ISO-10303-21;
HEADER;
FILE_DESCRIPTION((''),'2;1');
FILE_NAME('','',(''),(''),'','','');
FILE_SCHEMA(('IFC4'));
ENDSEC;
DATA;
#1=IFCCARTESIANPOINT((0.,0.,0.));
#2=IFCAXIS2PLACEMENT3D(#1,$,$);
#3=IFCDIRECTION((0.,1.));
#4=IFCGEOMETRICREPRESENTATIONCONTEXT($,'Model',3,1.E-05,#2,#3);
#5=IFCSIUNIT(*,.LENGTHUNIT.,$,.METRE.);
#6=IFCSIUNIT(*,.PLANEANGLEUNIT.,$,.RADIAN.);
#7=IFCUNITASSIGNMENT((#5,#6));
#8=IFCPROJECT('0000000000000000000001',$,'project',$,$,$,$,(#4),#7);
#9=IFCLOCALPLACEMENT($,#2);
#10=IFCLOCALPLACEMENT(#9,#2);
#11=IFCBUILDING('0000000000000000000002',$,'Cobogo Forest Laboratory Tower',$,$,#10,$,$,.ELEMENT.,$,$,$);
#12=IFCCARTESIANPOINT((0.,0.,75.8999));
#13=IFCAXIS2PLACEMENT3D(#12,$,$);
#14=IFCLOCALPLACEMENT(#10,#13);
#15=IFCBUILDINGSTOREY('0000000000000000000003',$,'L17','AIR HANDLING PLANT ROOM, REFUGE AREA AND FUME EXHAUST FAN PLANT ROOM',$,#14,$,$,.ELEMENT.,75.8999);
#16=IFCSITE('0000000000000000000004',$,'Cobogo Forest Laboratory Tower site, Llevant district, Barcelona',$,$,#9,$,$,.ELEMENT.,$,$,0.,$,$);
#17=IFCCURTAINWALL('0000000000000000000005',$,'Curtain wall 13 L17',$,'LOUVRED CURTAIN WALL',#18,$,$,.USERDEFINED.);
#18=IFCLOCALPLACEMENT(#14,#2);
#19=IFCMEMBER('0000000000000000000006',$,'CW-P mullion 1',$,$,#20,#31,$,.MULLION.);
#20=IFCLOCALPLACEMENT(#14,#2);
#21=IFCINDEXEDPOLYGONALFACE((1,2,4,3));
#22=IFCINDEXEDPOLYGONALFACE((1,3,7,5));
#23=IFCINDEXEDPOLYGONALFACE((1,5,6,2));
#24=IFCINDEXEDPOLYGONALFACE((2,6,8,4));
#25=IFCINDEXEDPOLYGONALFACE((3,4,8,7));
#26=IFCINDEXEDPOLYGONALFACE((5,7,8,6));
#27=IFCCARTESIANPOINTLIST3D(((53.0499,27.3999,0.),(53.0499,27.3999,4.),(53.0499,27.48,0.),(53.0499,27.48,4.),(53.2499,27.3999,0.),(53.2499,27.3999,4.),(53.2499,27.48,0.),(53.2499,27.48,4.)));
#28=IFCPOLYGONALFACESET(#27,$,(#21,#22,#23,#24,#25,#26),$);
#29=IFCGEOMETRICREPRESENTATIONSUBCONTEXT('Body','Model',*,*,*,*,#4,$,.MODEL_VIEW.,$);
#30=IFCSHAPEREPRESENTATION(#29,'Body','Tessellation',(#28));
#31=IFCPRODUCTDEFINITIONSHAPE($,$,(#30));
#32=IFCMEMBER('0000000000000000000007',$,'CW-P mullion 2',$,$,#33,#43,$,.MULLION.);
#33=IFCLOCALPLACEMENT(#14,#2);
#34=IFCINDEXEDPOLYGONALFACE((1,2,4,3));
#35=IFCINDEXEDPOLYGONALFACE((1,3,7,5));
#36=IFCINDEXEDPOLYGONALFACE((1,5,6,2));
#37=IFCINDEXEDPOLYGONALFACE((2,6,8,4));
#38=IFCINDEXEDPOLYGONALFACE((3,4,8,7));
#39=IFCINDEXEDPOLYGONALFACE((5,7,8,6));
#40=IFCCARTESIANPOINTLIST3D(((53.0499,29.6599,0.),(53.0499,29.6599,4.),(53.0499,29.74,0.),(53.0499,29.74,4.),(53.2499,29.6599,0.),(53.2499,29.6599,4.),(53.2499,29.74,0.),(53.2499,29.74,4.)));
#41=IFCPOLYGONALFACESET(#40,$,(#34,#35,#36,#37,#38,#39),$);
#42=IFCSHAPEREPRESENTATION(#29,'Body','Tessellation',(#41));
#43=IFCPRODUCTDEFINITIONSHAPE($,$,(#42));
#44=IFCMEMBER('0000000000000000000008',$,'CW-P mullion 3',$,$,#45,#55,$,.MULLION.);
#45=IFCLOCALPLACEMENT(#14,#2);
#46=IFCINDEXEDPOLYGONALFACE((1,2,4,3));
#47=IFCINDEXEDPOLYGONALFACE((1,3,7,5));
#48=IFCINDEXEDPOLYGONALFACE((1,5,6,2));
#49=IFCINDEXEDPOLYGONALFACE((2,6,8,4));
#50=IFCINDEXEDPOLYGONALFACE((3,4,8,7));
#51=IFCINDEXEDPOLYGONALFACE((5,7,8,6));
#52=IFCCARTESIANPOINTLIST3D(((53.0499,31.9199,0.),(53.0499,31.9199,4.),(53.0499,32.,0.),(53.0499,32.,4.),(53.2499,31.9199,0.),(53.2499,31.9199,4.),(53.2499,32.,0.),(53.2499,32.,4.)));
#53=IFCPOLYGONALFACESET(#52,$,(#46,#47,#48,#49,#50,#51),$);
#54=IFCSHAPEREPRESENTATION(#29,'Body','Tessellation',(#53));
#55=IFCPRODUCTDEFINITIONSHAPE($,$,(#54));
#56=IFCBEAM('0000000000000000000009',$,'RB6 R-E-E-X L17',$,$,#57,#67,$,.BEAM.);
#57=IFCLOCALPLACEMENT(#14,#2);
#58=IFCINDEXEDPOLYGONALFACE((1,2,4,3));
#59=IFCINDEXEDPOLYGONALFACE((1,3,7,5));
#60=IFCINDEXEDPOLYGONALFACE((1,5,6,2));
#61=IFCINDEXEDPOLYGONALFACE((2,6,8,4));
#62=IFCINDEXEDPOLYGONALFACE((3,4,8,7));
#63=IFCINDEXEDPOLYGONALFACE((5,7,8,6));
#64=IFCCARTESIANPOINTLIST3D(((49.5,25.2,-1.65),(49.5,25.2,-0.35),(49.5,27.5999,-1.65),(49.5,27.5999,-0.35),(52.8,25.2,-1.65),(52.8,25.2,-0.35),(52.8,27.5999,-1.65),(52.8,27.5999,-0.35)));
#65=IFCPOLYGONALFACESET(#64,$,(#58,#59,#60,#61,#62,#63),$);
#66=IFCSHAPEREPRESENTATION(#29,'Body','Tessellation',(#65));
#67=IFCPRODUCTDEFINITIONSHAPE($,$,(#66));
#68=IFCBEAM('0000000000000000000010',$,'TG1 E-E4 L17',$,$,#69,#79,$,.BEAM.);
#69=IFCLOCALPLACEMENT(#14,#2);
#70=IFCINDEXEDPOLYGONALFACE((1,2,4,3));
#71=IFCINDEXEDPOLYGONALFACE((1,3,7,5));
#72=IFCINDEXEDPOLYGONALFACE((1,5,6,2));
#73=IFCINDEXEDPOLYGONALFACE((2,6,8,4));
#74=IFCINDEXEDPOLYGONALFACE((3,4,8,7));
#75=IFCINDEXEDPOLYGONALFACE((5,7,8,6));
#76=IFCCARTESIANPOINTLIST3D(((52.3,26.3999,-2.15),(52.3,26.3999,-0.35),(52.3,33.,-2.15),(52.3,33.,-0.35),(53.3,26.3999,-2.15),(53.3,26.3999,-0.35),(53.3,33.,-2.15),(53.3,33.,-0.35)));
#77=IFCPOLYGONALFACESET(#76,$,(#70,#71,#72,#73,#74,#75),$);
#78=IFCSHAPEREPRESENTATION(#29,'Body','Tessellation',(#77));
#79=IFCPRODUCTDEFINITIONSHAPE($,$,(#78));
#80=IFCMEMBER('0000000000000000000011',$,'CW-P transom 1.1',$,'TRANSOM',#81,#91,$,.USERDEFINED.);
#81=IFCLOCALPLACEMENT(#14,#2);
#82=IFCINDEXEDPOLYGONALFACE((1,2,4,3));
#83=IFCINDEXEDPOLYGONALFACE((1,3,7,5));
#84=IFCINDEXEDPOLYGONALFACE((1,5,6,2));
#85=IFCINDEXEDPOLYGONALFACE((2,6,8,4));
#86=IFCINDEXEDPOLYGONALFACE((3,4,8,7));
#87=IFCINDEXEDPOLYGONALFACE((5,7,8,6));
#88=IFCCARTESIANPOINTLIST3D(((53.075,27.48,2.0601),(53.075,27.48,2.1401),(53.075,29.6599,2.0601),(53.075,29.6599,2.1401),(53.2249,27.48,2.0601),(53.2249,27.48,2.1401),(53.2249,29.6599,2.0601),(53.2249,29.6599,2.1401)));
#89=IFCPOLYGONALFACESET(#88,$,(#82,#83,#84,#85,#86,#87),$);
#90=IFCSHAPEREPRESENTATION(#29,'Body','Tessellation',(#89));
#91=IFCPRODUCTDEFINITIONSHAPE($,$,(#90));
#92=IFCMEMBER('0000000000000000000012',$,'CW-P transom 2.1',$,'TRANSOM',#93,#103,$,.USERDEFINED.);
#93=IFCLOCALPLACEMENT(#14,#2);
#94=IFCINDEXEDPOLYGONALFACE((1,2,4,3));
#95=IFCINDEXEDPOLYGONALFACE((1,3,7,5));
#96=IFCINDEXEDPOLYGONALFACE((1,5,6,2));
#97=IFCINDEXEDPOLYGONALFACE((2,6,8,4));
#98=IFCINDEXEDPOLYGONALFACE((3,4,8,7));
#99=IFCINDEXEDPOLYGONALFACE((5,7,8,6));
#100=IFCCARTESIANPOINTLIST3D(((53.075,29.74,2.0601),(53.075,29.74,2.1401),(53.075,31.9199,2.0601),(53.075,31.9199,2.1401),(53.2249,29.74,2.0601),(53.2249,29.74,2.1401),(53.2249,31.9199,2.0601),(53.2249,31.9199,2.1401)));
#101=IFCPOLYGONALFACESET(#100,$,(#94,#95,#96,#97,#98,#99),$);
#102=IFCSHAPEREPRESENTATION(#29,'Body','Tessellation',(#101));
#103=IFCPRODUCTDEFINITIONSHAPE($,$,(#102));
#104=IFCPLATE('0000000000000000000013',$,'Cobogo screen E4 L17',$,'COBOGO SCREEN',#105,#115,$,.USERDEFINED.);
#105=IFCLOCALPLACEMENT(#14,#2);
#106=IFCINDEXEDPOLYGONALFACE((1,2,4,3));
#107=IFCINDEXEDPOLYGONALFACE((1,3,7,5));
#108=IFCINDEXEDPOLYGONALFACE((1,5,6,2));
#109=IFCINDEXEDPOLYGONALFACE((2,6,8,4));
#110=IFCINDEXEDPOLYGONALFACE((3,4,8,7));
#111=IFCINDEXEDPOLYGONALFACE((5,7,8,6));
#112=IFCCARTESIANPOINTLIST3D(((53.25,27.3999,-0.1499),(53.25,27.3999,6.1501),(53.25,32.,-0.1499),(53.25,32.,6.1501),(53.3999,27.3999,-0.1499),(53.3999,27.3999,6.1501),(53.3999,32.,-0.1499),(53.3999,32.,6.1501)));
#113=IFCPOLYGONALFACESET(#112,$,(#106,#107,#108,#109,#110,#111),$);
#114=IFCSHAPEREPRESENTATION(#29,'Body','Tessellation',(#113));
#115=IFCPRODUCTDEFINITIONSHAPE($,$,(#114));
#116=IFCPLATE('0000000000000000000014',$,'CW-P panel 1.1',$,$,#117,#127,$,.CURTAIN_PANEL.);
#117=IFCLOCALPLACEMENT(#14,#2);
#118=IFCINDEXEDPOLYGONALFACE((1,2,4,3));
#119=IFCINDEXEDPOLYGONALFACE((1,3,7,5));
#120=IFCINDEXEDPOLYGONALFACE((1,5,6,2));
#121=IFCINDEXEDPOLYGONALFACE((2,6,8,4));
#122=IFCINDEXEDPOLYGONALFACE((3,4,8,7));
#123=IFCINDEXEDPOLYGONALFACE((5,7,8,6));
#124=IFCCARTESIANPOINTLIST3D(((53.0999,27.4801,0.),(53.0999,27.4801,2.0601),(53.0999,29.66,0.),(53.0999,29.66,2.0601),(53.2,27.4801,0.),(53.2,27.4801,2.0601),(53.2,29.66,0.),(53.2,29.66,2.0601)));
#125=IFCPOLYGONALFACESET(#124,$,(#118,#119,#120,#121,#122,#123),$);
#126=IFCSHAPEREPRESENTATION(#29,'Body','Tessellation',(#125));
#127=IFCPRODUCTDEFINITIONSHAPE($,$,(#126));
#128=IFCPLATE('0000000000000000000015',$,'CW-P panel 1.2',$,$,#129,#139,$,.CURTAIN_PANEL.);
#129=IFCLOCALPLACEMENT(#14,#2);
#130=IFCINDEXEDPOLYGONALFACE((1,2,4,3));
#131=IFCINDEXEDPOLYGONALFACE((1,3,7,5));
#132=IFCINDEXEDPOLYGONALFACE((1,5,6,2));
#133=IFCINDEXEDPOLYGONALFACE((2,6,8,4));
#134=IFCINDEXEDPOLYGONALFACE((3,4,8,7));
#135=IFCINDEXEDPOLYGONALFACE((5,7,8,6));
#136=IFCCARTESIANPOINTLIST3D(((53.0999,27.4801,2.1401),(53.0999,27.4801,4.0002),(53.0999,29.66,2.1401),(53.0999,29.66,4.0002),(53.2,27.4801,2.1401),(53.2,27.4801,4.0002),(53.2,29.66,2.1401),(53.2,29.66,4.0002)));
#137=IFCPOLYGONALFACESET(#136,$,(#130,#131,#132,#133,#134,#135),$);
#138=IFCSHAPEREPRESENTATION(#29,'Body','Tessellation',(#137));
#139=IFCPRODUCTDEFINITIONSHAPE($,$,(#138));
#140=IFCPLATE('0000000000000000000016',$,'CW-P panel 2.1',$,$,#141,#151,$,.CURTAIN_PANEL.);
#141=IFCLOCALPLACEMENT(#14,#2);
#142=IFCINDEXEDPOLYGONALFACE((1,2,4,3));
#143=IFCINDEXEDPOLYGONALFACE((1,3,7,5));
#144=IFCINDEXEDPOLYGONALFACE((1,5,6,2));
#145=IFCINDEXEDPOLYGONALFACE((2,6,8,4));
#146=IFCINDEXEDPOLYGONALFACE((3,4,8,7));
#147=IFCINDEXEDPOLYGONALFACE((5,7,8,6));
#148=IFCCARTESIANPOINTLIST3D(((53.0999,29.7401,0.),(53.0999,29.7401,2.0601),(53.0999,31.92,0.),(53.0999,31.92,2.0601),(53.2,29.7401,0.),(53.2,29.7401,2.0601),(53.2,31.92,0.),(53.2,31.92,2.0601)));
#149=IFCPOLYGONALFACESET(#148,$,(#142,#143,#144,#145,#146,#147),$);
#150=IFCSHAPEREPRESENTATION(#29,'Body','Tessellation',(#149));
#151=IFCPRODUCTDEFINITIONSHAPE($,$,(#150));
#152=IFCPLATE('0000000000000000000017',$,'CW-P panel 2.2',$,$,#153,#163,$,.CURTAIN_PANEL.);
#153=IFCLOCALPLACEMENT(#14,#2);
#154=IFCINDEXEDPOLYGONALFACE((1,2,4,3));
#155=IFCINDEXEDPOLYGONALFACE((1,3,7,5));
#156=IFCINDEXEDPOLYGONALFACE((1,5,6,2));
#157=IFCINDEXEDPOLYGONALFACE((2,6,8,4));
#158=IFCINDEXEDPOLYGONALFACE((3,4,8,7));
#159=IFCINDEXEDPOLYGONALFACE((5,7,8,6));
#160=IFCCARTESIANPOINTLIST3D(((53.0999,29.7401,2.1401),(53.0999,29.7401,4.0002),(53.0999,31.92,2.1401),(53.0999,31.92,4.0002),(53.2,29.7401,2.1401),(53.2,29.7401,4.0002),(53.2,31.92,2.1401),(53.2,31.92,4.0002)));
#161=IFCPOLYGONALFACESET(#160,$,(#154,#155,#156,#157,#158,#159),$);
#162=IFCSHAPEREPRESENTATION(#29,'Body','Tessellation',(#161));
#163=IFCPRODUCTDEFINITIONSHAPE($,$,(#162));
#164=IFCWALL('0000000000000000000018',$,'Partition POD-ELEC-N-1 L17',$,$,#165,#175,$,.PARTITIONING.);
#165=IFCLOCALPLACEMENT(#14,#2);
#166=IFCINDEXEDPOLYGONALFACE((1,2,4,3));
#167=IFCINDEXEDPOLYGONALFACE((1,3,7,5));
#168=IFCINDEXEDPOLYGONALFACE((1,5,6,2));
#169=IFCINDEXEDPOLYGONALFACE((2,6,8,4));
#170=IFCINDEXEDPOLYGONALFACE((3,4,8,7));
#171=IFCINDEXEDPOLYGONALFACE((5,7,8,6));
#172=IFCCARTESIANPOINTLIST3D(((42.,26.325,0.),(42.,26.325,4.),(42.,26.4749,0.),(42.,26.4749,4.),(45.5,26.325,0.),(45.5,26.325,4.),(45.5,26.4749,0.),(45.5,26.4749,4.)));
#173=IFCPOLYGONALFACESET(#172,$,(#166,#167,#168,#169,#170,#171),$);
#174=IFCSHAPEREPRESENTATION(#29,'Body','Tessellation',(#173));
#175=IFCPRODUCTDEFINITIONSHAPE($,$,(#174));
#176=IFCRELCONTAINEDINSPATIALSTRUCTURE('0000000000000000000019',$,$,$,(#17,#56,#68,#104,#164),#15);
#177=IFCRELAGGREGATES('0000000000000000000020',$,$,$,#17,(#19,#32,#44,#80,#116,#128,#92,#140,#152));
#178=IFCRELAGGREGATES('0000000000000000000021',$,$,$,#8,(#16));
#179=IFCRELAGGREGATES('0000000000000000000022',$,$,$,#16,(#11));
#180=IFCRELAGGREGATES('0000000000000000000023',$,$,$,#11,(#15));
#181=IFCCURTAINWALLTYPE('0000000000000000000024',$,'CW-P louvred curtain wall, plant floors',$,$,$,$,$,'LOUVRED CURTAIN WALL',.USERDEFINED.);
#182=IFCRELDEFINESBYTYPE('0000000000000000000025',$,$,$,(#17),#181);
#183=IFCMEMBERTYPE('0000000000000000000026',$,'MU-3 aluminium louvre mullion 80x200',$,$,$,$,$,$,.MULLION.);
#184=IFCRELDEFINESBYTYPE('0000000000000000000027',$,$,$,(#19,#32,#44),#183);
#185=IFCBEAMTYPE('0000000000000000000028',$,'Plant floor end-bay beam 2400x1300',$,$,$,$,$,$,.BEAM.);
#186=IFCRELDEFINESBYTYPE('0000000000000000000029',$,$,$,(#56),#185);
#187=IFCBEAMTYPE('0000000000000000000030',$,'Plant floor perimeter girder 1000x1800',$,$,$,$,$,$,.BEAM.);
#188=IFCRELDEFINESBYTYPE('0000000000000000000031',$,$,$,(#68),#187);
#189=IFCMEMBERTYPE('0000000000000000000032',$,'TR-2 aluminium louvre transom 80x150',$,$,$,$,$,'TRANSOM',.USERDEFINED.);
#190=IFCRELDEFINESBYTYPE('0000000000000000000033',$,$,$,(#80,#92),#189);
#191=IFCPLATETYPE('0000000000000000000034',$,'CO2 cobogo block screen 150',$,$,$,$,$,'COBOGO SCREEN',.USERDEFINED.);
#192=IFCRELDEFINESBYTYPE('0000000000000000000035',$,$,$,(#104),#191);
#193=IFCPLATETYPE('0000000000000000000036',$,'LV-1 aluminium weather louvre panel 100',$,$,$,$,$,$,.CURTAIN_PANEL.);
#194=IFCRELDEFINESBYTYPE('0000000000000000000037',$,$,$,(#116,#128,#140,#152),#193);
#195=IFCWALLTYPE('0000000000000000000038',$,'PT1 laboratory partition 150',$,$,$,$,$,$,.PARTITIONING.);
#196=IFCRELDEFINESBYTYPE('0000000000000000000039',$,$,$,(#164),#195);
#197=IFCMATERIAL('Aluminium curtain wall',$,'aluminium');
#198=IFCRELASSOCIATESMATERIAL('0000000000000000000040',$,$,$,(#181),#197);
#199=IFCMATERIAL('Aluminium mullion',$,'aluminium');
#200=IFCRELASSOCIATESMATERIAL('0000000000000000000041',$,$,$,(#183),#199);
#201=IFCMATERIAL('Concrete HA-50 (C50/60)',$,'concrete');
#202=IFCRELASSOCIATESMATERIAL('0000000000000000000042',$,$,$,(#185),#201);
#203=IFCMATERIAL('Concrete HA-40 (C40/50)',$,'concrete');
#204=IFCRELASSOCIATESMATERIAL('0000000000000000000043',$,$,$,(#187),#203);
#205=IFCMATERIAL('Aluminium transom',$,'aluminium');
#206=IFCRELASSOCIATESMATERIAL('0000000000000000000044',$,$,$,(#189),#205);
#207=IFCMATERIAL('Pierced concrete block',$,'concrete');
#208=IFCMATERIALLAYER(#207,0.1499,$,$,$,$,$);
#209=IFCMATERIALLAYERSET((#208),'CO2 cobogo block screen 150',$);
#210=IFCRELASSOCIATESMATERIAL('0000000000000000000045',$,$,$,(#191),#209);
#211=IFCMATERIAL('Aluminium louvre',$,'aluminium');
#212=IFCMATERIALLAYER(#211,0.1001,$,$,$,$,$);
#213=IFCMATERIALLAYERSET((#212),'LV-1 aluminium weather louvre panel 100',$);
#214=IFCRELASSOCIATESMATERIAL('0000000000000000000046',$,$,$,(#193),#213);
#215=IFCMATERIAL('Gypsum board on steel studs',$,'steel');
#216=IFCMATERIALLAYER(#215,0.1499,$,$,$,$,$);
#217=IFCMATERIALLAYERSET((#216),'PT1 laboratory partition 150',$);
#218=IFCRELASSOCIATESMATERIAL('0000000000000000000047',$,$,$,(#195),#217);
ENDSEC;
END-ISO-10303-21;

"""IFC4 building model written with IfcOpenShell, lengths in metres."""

from ifc_helpers import new_model, si_unit, direction, frame, frame_2d, origin, origin_2d, place, context, subcontext, project, spatial, rectangle, extrude, material, layer, layer_set, material_profile, profile_set, type_object, element, aggregate, save


model = new_model("IFC4")

# Units and contexts
model_context = context("Model", 3, precision=1e-05, world=origin(), true_north=direction((0.0, 1.0)))
body_context = subcontext(model_context, "Body", "Model", "MODEL_VIEW")
ifc_project = project(units=[si_unit("LENGTHUNIT", "METRE"), si_unit("PLANEANGLEUNIT", "RADIAN")], contexts=[model_context])

# Site, building, storey
site_placement = place(None, origin())
site = spatial("IfcSite", under=ifc_project, at=site_placement, Name="Cobogo Forest Laboratory Tower site, Llevant district, Barcelona", CompositionType="ELEMENT", RefElevation=0.0)
building_placement = place(site_placement, origin())
building = spatial("IfcBuilding", under=site, at=building_placement, Name="Cobogo Forest Laboratory Tower", CompositionType="ELEMENT")
storey_placement = place(building_placement, frame((0.0, 0.0, 75.8999)))
storey = spatial("IfcBuildingStorey", under=building, at=storey_placement, Name="L17", Description="AIR HANDLING PLANT ROOM, REFUGE AREA AND FUME EXHAUST FAN PLANT ROOM", CompositionType="ELEMENT", Elevation=75.8999)

# Shared definitions
ifc_material_1 = material(Name="Concrete HA-50 (C50/60)", Category="concrete")

# Shared definitions
ifc_material_2 = material(Name="Aluminium curtain wall", Category="aluminium")
curtain_wall_type = type_object("IfcCurtainWallType", Name="CW-P louvred curtain wall, plant floors", ElementType="LOUVRED CURTAIN WALL", PredefinedType="USERDEFINED", material=ifc_material_2)
ifc_material_3 = material(Name="Aluminium mullion", Category="aluminium")
ifc_material_profile_1 = material_profile(ifc_material_3, rectangle(XDim=0.0801, YDim=0.2, at=origin_2d()), Name="AL 80x200")
ifc_profile_set_1 = profile_set([ifc_material_profile_1], Name="Aluminium mullion")
member_type_1 = type_object("IfcMemberType", Name="MU-3 aluminium louvre mullion 80x200", PredefinedType="MULLION", material=ifc_profile_set_1)

# Curtain wall, members
curtain_wall_1_placement = place(storey_placement, origin())
curtain_wall_1 = element("IfcCurtainWall", 1, at=curtain_wall_1_placement, inside=storey, type_object=curtain_wall_type, Name="Curtain wall 13 L17", ObjectType="LOUVRED CURTAIN WALL", PredefinedType="USERDEFINED")
member_1_placement = place(storey_placement, frame((53.1499, 27.4399, 0.0), z_axis=(0.0, 0.0, 1.0), x_axis=(0.0, 1.0, 0.0)))
member_1 = element("IfcMember", 2, at=member_1_placement, type_object=member_type_1, Name="CW-P mullion 1", PredefinedType="MULLION", context=body_context, shape_type="SweptSolid", body=[
    extrude(rectangle(XDim=0.0801, YDim=0.2, at=origin_2d()), origin(), (0.0, 0.0, 1.0), 4.0),
])
member_2_placement = place(storey_placement, frame((53.1499, 29.7, 0.0), z_axis=(0.0, 0.0, 1.0), x_axis=(0.0, 1.0, 0.0)))
member_2 = element("IfcMember", 3, at=member_2_placement, type_object=member_type_1, Name="CW-P mullion 2", PredefinedType="MULLION", context=body_context, shape_type="SweptSolid", body=[
    extrude(rectangle(XDim=0.0801, YDim=0.2, at=origin_2d()), origin(), (0.0, 0.0, 1.0), 4.0),
])
member_3_placement = place(storey_placement, frame((53.1499, 31.96, 0.0), z_axis=(0.0, 0.0, 1.0), x_axis=(0.0, 1.0, 0.0)))
member_3 = element("IfcMember", 4, at=member_3_placement, type_object=member_type_1, Name="CW-P mullion 3", PredefinedType="MULLION", context=body_context, shape_type="SweptSolid", body=[
    extrude(rectangle(XDim=0.0801, YDim=0.2, at=origin_2d()), origin(), (0.0, 0.0, 1.0), 4.0),
])

# Beams
ifc_material_profile_2 = material_profile(ifc_material_1, rectangle(XDim=2.3999, YDim=1.3, at=origin_2d()), Name="RC 2400x1300")
ifc_profile_set_2 = profile_set([ifc_material_profile_2], Name="Concrete HA-50 (C50/60)")
beam_type_1 = type_object("IfcBeamType", Name="Plant floor end-bay beam 2400x1300", PredefinedType="BEAM", material=ifc_profile_set_2)
beam_1_placement = place(storey_placement, frame((52.8, 26.3999, -1.0), z_axis=(-1.0, 0.0, 0.0), x_axis=(0.0, -1.0, 0.0)))
element("IfcBeam", 5, at=beam_1_placement, inside=storey, type_object=beam_type_1, Name="RB6 R-E-E-X L17", PredefinedType="BEAM", context=body_context, shape_type="SweptSolid", body=[
    extrude(rectangle(XDim=2.3999, YDim=1.3, at=origin_2d()), origin(), (0.0, 0.0, 1.0), 3.3),
])
ifc_material_4 = material(Name="Concrete HA-40 (C40/50)", Category="concrete")
ifc_material_profile_3 = material_profile(ifc_material_4, rectangle(XDim=1.0, YDim=1.8, at=origin_2d()), Name="RC 1000x1800")
ifc_profile_set_3 = profile_set([ifc_material_profile_3], Name="Concrete HA-40 (C40/50)")
beam_type_2 = type_object("IfcBeamType", Name="Plant floor perimeter girder 1000x1800", PredefinedType="BEAM", material=ifc_profile_set_3)
beam_2_placement = place(storey_placement, frame((52.8, 26.3999, -1.25), z_axis=(0.0, 1.0, 0.0), x_axis=(-1.0, 0.0, 0.0)))
element("IfcBeam", 6, at=beam_2_placement, inside=storey, type_object=beam_type_2, Name="TG1 E-E4 L17", PredefinedType="BEAM", context=body_context, shape_type="SweptSolid", body=[
    extrude(rectangle(XDim=1.0, YDim=1.8, at=origin_2d()), origin(), (0.0, 0.0, 1.0), 6.6001),
])

# Members
ifc_material_5 = material(Name="Aluminium transom", Category="aluminium")
ifc_material_profile_4 = material_profile(ifc_material_5, rectangle(XDim=0.1499, YDim=0.0801, at=origin_2d()), Name="AL 80x150")
ifc_profile_set_4 = profile_set([ifc_material_profile_4], Name="Aluminium transom")
member_type_2 = type_object("IfcMemberType", Name="TR-2 aluminium louvre transom 80x150", ElementType="TRANSOM", PredefinedType="USERDEFINED", material=ifc_profile_set_4)
member_4_placement = place(storey_placement, frame((53.1499, 27.48, 2.1001), z_axis=(0.0, 1.0, 0.0), x_axis=(-1.0, 0.0, 0.0)))
member_4 = element("IfcMember", 7, at=member_4_placement, type_object=member_type_2, Name="CW-P transom 1.1", ObjectType="TRANSOM", PredefinedType="USERDEFINED", context=body_context, shape_type="SweptSolid", body=[
    extrude(rectangle(XDim=0.1499, YDim=0.0801, at=origin_2d()), origin(), (0.0, 0.0, 1.0), 2.1799),
])
member_5_placement = place(storey_placement, frame((53.1499, 29.74, 2.1001), z_axis=(0.0, 1.0, 0.0), x_axis=(-1.0, 0.0, 0.0)))
member_5 = element("IfcMember", 8, at=member_5_placement, type_object=member_type_2, Name="CW-P transom 2.1", ObjectType="TRANSOM", PredefinedType="USERDEFINED", context=body_context, shape_type="SweptSolid", body=[
    extrude(rectangle(XDim=0.1499, YDim=0.0801, at=origin_2d()), origin(), (0.0, 0.0, 1.0), 2.1799),
])

# Plates
ifc_material_6 = material(Name="Pierced concrete block", Category="concrete")
ifc_layer_1 = layer(ifc_material_6, 0.1499)
ifc_layer_set_1 = layer_set([ifc_layer_1], Name="CO2 cobogo block screen 150")
plate_type_1 = type_object("IfcPlateType", Name="CO2 cobogo block screen 150", ElementType="COBOGO SCREEN", PredefinedType="USERDEFINED", material=ifc_layer_set_1)
plate_1_placement = place(storey_placement, frame((53.325, 29.7, -0.1499), z_axis=(0.0, 0.0, 1.0), x_axis=(0.0, 1.0, 0.0)))
element("IfcPlate", 9, at=plate_1_placement, inside=storey, type_object=plate_type_1, Name="Cobogo screen E4 L17", ObjectType="COBOGO SCREEN", PredefinedType="USERDEFINED", context=body_context, shape_type="SweptSolid", body=[
    extrude(rectangle(XDim=4.6001, YDim=0.1499, at=origin_2d()), origin(), (0.0, 0.0, 1.0), 6.3),
])
ifc_material_7 = material(Name="Aluminium louvre", Category="aluminium")
ifc_layer_2 = layer(ifc_material_7, 0.1001)
ifc_layer_set_2 = layer_set([ifc_layer_2], Name="LV-1 aluminium weather louvre panel 100")
plate_type_2 = type_object("IfcPlateType", Name="LV-1 aluminium weather louvre panel 100", PredefinedType="CURTAIN_PANEL", material=ifc_layer_set_2)
plate_2_placement = place(storey_placement, frame((53.1499, 28.5701, 0.0), z_axis=(0.0, 0.0, 1.0), x_axis=(0.0, 1.0, 0.0)))
plate_2 = element("IfcPlate", 10, at=plate_2_placement, type_object=plate_type_2, Name="CW-P panel 1.1", PredefinedType="CURTAIN_PANEL", context=body_context, shape_type="SweptSolid", body=[
    extrude(rectangle(XDim=2.1799, YDim=0.1001, at=origin_2d()), origin(), (0.0, 0.0, 1.0), 2.0601),
])
plate_3_placement = place(storey_placement, frame((53.1499, 28.5701, 2.1401), z_axis=(0.0, 0.0, 1.0), x_axis=(0.0, 1.0, 0.0)))
plate_3 = element("IfcPlate", 11, at=plate_3_placement, type_object=plate_type_2, Name="CW-P panel 1.2", PredefinedType="CURTAIN_PANEL", context=body_context, shape_type="SweptSolid", body=[
    extrude(rectangle(XDim=2.1799, YDim=0.1001, at=origin_2d()), origin(), (0.0, 0.0, 1.0), 1.8601),
])
plate_4_placement = place(storey_placement, frame((53.1499, 30.8301, 0.0), z_axis=(0.0, 0.0, 1.0), x_axis=(0.0, 1.0, 0.0)))
plate_4 = element("IfcPlate", 12, at=plate_4_placement, type_object=plate_type_2, Name="CW-P panel 2.1", PredefinedType="CURTAIN_PANEL", context=body_context, shape_type="SweptSolid", body=[
    extrude(rectangle(XDim=2.1799, YDim=0.1001, at=origin_2d()), origin(), (0.0, 0.0, 1.0), 2.0601),
])
plate_5_placement = place(storey_placement, frame((53.1499, 30.8301, 2.1401), z_axis=(0.0, 0.0, 1.0), x_axis=(0.0, 1.0, 0.0)))
plate_5 = element("IfcPlate", 13, at=plate_5_placement, type_object=plate_type_2, Name="CW-P panel 2.2", PredefinedType="CURTAIN_PANEL", context=body_context, shape_type="SweptSolid", body=[
    extrude(rectangle(XDim=2.1799, YDim=0.1001, at=origin_2d()), origin(), (0.0, 0.0, 1.0), 1.8601),
])
aggregate(curtain_wall_1, [member_1, member_2, member_3, member_4, plate_2, plate_3, member_5, plate_4, plate_5])

# Wall
ifc_material_8 = material(Name="Gypsum board on steel studs", Category="steel")
ifc_layer_3 = layer(ifc_material_8, 0.1499)
ifc_layer_set_3 = layer_set([ifc_layer_3], Name="PT1 laboratory partition 150")
wall_type = type_object("IfcWallType", Name="PT1 laboratory partition 150", PredefinedType="PARTITIONING", material=ifc_layer_set_3)
wall_1_placement = place(storey_placement, frame((42.0, 26.3999, 0.0), z_axis=(0.0, 0.0, 1.0), x_axis=(1.0, 0.0, 0.0)))
element("IfcWall", 14, at=wall_1_placement, inside=storey, type_object=wall_type, Name="Partition POD-ELEC-N-1 L17", PredefinedType="PARTITIONING", context=body_context, shape_type="SweptSolid", body=[
    extrude(rectangle(XDim=3.5, YDim=0.1499, at=frame_2d((1.75, 0.0))), origin(), (0.0, 0.0, 1.0), 4.0),
])

save(model, "model.ifc")
